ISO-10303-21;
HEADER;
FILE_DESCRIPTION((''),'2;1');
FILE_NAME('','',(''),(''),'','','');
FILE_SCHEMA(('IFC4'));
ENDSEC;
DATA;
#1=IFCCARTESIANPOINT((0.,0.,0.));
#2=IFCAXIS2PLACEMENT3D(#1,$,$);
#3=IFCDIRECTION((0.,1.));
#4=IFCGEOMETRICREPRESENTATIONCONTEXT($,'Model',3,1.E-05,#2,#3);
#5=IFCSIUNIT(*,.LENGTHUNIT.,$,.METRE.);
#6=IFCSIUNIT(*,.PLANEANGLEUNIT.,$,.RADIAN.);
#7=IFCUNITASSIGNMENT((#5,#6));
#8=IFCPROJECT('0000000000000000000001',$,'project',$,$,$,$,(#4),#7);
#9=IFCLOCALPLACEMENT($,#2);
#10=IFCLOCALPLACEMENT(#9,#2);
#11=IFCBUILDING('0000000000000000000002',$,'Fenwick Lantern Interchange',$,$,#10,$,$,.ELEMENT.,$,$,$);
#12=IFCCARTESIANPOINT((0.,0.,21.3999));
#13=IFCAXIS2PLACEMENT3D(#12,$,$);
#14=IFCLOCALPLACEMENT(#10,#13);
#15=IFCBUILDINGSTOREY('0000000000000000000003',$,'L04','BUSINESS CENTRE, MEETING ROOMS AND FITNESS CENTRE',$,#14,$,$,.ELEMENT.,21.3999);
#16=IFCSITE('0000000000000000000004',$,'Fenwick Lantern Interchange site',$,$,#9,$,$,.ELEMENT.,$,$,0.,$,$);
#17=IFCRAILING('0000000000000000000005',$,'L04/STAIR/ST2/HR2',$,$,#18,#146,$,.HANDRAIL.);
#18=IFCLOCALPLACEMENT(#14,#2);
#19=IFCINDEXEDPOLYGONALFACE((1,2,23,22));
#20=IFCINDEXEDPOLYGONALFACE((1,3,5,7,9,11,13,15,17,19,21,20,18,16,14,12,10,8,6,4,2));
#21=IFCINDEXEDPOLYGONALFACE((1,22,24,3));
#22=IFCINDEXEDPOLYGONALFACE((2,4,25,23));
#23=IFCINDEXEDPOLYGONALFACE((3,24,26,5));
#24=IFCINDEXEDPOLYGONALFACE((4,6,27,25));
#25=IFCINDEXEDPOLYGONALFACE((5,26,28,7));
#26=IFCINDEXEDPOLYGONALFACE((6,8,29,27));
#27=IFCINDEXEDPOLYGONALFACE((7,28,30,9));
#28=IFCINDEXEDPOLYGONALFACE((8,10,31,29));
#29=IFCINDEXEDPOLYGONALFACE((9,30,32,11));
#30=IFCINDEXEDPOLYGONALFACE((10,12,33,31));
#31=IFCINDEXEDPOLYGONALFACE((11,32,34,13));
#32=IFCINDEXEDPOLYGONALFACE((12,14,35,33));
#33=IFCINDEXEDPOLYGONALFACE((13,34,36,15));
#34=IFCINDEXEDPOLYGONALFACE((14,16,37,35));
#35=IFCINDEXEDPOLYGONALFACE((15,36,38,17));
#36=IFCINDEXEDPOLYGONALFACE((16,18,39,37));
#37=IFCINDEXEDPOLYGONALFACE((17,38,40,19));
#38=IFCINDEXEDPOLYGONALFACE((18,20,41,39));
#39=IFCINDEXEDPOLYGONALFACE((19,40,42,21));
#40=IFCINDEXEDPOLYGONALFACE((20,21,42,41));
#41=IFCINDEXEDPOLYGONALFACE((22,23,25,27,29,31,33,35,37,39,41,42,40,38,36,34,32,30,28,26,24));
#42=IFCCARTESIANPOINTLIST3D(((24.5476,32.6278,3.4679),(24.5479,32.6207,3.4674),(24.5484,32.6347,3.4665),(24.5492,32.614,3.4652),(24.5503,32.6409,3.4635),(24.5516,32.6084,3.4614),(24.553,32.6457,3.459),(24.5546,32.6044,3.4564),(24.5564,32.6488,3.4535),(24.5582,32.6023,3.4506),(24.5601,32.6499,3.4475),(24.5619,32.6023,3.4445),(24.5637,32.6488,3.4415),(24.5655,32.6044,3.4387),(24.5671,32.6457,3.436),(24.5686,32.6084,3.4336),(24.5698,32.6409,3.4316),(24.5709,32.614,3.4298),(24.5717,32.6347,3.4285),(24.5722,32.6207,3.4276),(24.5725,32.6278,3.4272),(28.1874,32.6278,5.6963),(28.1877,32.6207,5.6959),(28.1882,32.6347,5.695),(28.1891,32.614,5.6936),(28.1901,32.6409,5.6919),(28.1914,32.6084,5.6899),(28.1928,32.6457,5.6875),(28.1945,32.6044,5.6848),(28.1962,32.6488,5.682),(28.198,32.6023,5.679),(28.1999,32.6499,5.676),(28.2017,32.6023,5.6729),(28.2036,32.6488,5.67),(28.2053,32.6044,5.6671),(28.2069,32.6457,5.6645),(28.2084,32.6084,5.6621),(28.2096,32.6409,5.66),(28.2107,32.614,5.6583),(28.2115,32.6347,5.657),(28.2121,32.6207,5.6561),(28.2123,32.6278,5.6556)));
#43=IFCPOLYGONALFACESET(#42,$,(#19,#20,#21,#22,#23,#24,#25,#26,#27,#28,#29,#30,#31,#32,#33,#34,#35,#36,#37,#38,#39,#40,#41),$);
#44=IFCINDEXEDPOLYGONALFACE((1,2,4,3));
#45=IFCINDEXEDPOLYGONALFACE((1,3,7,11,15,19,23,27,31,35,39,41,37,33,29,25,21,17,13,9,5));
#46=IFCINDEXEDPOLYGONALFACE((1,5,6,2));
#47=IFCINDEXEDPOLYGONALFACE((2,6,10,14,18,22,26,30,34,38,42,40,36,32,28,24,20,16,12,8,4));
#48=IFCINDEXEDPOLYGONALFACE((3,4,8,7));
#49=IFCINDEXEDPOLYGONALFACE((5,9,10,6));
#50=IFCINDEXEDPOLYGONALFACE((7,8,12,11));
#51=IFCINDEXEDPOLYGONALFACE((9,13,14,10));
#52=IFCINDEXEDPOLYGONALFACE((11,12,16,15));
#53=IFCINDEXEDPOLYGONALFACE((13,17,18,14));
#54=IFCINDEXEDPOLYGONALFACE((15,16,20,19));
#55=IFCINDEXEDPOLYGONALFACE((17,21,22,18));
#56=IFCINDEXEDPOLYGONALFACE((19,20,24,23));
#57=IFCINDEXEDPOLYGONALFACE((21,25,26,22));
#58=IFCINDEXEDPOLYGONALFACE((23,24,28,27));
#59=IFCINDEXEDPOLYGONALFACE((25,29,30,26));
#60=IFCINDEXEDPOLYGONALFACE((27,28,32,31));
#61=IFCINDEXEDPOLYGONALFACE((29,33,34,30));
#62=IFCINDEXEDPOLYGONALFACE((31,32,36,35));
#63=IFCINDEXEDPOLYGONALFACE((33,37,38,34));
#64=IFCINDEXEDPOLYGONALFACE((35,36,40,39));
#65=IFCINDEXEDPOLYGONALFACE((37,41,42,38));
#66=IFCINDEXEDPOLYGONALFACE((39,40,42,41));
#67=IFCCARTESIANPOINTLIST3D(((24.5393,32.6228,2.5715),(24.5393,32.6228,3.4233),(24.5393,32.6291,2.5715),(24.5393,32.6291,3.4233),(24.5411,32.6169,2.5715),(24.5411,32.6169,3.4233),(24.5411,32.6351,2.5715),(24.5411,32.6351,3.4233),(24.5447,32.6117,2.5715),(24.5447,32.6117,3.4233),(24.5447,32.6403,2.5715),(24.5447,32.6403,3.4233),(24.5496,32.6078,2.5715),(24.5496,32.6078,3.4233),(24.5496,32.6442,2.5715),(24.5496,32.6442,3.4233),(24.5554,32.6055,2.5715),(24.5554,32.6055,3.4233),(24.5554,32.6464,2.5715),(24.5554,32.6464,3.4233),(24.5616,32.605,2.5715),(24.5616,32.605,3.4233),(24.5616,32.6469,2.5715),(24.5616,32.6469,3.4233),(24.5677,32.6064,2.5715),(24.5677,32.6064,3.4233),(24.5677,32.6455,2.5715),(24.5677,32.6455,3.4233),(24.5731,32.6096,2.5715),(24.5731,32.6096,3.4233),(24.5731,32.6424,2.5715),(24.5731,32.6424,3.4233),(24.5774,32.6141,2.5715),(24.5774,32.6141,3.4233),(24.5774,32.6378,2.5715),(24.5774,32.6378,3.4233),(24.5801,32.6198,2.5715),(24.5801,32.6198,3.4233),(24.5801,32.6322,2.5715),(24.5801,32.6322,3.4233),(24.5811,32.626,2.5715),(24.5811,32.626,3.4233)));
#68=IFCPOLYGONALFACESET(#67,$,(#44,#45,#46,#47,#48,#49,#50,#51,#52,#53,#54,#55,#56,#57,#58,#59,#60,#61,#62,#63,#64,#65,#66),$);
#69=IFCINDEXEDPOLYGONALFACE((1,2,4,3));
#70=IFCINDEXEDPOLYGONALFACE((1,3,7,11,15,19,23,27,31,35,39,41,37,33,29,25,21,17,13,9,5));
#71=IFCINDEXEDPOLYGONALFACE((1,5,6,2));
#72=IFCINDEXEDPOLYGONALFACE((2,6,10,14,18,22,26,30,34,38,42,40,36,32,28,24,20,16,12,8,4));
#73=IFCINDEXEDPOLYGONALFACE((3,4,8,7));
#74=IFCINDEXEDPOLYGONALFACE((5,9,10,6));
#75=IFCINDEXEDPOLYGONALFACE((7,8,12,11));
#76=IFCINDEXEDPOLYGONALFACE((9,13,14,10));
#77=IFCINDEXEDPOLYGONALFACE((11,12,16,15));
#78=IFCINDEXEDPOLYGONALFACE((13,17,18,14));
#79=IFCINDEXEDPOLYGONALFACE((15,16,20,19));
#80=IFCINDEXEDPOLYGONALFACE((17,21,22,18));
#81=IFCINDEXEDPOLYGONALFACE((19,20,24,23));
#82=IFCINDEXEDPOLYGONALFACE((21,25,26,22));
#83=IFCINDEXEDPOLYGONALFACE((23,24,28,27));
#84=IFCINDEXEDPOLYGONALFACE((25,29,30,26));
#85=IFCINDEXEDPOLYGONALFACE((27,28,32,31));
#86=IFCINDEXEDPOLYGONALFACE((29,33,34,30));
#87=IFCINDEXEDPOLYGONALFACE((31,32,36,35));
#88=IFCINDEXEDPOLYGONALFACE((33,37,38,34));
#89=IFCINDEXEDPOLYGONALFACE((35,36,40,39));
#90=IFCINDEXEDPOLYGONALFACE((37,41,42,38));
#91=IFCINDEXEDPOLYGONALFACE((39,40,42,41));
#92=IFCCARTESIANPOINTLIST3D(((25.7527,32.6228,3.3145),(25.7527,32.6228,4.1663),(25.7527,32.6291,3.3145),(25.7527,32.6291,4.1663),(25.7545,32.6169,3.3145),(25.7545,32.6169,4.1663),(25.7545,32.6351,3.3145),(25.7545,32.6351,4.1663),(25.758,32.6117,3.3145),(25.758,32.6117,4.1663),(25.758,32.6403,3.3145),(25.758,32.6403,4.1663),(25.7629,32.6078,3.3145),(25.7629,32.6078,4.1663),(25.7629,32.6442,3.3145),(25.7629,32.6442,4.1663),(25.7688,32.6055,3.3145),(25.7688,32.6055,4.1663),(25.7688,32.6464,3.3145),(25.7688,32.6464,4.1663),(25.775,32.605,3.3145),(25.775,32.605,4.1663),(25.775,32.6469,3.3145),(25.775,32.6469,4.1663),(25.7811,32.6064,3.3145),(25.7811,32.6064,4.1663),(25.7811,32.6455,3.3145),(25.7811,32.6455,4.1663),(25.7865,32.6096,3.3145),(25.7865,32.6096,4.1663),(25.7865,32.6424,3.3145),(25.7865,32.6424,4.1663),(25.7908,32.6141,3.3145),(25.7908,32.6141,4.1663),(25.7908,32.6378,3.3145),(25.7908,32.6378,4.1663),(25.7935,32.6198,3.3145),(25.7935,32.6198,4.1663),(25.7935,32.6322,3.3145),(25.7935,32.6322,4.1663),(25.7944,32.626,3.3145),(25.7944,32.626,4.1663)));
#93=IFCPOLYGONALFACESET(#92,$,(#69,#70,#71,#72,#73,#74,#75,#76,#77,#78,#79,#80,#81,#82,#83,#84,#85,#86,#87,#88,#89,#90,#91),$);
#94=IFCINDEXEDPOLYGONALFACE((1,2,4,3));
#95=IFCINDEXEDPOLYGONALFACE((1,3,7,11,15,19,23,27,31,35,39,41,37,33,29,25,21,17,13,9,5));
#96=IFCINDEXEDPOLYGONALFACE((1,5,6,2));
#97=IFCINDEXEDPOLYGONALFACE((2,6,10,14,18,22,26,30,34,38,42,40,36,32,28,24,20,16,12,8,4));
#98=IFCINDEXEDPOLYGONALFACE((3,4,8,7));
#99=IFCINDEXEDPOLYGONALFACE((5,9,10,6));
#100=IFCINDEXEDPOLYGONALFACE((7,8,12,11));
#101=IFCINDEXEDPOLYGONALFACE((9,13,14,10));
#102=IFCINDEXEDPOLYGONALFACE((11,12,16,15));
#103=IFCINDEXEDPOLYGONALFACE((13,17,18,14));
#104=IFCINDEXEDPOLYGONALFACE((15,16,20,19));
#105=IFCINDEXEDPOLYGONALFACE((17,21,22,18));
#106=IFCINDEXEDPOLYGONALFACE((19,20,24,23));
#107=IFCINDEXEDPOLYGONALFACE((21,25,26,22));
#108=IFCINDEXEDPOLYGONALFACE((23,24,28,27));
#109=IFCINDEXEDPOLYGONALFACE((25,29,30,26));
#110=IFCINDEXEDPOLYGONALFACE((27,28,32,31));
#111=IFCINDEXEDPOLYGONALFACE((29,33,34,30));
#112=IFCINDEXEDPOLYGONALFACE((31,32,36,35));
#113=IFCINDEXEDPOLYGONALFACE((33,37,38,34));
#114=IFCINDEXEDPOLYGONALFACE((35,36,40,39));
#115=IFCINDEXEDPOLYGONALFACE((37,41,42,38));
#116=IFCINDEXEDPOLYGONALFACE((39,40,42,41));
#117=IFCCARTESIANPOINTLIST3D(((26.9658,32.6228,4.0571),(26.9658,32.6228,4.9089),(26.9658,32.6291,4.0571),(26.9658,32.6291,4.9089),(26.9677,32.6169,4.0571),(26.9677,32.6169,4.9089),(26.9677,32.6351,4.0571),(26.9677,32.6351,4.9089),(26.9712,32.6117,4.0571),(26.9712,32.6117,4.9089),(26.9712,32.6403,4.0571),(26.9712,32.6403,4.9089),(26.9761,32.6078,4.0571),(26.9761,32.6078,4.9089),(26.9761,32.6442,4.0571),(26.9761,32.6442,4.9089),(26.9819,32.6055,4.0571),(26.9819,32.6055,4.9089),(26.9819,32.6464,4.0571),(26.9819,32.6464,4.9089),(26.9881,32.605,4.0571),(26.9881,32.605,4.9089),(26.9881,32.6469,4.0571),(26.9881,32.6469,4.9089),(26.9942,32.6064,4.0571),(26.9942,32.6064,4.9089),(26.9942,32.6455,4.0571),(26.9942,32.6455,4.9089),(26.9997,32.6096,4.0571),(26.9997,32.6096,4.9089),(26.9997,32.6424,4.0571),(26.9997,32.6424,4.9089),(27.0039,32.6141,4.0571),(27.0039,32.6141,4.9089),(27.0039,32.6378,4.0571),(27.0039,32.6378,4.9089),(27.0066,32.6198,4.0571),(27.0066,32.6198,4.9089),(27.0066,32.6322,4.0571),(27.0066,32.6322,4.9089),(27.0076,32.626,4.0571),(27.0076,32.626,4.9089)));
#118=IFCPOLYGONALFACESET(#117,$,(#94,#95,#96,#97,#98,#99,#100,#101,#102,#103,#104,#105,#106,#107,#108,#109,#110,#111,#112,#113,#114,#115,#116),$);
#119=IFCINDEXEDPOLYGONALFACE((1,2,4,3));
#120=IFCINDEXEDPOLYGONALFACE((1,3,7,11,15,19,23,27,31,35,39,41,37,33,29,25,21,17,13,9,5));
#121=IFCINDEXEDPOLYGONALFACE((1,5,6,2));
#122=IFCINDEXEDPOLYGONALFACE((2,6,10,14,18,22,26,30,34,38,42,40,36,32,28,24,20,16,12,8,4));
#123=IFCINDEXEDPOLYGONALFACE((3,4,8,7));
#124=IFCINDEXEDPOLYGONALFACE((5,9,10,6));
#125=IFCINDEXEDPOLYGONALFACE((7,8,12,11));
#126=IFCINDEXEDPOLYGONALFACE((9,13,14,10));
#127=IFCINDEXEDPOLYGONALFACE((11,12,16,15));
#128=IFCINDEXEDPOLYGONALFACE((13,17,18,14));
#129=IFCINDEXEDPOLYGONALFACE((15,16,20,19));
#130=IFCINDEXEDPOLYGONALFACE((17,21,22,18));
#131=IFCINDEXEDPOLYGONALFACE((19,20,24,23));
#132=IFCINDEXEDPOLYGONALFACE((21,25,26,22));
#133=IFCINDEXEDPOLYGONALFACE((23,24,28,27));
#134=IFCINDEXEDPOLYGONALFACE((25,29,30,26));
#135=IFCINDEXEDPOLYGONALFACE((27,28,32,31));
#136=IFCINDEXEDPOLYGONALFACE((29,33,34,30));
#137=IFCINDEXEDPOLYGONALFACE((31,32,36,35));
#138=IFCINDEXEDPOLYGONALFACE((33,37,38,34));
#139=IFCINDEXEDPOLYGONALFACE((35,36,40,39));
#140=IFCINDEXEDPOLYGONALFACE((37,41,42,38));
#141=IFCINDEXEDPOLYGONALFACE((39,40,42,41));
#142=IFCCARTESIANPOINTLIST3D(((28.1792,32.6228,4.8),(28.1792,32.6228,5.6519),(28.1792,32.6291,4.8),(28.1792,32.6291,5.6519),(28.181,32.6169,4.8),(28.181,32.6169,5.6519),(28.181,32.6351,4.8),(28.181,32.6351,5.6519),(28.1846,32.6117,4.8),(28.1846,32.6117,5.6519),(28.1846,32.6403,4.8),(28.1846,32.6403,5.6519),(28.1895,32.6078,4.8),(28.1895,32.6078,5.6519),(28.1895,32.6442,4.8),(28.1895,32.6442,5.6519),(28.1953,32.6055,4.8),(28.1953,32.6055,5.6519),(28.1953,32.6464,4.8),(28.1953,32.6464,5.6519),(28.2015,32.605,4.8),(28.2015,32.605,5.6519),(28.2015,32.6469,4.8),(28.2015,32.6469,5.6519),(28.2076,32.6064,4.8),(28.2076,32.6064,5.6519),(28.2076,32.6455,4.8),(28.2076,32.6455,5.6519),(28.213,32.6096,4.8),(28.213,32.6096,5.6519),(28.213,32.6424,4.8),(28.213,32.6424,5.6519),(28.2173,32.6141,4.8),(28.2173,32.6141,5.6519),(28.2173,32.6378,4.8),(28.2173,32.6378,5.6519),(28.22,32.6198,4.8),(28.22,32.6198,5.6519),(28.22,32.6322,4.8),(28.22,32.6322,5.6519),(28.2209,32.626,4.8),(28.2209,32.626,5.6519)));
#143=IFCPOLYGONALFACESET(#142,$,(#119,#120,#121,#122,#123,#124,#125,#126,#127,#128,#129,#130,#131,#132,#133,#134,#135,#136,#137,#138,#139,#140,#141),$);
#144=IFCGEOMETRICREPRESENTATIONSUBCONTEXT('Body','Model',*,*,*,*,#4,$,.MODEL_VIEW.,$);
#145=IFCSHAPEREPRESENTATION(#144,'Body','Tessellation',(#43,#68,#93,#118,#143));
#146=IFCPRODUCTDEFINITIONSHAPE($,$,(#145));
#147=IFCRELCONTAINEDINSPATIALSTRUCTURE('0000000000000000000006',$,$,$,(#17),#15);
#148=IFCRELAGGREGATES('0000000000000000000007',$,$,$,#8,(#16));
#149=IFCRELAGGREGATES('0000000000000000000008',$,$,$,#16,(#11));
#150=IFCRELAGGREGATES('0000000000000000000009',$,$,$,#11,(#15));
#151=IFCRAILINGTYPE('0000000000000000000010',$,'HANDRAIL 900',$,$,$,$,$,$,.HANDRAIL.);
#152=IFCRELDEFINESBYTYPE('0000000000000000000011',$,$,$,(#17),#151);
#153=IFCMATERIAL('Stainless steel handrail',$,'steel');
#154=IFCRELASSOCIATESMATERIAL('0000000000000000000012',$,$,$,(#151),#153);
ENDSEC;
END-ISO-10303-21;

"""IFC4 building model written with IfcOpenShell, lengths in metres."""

from ifc_helpers import new_model, si_unit, direction, frame, origin, origin_2d, place, context, subcontext, project, spatial, circle, extrude, material, type_object, element, save


model = new_model("IFC4")

# Units and contexts
model_context = context("Model", 3, precision=1e-05, world=origin(), true_north=direction((0.0, 1.0)))
body_context = subcontext(model_context, "Body", "Model", "MODEL_VIEW")
ifc_project = project(units=[si_unit("LENGTHUNIT", "METRE"), si_unit("PLANEANGLEUNIT", "RADIAN")], contexts=[model_context])

# Site, building, storey
site_placement = place(None, origin())
site = spatial("IfcSite", under=ifc_project, at=site_placement, Name="Fenwick Lantern Interchange site", CompositionType="ELEMENT", RefElevation=0.0)
building_placement = place(site_placement, origin())
building = spatial("IfcBuilding", under=site, at=building_placement, Name="Fenwick Lantern Interchange", CompositionType="ELEMENT")
storey_placement = place(building_placement, frame((0.0, 0.0, 21.3999)))
storey = spatial("IfcBuildingStorey", under=building, at=storey_placement, Name="L04", Description="BUSINESS CENTRE, MEETING ROOMS AND FITNESS CENTRE", CompositionType="ELEMENT", Elevation=21.3999)

# Railing
ifc_material_1 = material(Name="Stainless steel handrail", Category="steel")
railing_type = type_object("IfcRailingType", Name="HANDRAIL 900", PredefinedType="HANDRAIL", material=ifc_material_1)
railing_placement = place(storey_placement, frame((24.5601, 32.626, 2.5715)))
element("IfcRailing", 1, at=railing_placement, inside=storey, type_object=railing_type, Name="L04/STAIR/ST2/HR2", PredefinedType="HANDRAIL", context=body_context, shape_type="SweptSolid", body=[
    extrude(circle(Radius=0.0239, at=origin_2d()), frame((0.0, 0.0, 0.876), z_axis=(0.85285, 0.0, 0.522156), x_axis=(0.0, 1.0, 0.0)), (0.0, 0.0, 1.0), 4.2678),
    extrude(circle(Radius=0.021, at=origin_2d()), origin(), (0.0, 0.0, 1.0), 0.8518),
    extrude(circle(Radius=0.021, at=origin_2d()), frame((1.2134, 0.0, 0.7429)), (0.0, 0.0, 1.0), 0.8518),
    extrude(circle(Radius=0.021, at=origin_2d()), frame((2.4265, 0.0, 1.4856)), (0.0, 0.0, 1.0), 0.8518),
    extrude(circle(Radius=0.021, at=origin_2d()), frame((3.6399, 0.0, 2.2285)), (0.0, 0.0, 1.0), 0.8518),
])

save(model, "model.ifc")
